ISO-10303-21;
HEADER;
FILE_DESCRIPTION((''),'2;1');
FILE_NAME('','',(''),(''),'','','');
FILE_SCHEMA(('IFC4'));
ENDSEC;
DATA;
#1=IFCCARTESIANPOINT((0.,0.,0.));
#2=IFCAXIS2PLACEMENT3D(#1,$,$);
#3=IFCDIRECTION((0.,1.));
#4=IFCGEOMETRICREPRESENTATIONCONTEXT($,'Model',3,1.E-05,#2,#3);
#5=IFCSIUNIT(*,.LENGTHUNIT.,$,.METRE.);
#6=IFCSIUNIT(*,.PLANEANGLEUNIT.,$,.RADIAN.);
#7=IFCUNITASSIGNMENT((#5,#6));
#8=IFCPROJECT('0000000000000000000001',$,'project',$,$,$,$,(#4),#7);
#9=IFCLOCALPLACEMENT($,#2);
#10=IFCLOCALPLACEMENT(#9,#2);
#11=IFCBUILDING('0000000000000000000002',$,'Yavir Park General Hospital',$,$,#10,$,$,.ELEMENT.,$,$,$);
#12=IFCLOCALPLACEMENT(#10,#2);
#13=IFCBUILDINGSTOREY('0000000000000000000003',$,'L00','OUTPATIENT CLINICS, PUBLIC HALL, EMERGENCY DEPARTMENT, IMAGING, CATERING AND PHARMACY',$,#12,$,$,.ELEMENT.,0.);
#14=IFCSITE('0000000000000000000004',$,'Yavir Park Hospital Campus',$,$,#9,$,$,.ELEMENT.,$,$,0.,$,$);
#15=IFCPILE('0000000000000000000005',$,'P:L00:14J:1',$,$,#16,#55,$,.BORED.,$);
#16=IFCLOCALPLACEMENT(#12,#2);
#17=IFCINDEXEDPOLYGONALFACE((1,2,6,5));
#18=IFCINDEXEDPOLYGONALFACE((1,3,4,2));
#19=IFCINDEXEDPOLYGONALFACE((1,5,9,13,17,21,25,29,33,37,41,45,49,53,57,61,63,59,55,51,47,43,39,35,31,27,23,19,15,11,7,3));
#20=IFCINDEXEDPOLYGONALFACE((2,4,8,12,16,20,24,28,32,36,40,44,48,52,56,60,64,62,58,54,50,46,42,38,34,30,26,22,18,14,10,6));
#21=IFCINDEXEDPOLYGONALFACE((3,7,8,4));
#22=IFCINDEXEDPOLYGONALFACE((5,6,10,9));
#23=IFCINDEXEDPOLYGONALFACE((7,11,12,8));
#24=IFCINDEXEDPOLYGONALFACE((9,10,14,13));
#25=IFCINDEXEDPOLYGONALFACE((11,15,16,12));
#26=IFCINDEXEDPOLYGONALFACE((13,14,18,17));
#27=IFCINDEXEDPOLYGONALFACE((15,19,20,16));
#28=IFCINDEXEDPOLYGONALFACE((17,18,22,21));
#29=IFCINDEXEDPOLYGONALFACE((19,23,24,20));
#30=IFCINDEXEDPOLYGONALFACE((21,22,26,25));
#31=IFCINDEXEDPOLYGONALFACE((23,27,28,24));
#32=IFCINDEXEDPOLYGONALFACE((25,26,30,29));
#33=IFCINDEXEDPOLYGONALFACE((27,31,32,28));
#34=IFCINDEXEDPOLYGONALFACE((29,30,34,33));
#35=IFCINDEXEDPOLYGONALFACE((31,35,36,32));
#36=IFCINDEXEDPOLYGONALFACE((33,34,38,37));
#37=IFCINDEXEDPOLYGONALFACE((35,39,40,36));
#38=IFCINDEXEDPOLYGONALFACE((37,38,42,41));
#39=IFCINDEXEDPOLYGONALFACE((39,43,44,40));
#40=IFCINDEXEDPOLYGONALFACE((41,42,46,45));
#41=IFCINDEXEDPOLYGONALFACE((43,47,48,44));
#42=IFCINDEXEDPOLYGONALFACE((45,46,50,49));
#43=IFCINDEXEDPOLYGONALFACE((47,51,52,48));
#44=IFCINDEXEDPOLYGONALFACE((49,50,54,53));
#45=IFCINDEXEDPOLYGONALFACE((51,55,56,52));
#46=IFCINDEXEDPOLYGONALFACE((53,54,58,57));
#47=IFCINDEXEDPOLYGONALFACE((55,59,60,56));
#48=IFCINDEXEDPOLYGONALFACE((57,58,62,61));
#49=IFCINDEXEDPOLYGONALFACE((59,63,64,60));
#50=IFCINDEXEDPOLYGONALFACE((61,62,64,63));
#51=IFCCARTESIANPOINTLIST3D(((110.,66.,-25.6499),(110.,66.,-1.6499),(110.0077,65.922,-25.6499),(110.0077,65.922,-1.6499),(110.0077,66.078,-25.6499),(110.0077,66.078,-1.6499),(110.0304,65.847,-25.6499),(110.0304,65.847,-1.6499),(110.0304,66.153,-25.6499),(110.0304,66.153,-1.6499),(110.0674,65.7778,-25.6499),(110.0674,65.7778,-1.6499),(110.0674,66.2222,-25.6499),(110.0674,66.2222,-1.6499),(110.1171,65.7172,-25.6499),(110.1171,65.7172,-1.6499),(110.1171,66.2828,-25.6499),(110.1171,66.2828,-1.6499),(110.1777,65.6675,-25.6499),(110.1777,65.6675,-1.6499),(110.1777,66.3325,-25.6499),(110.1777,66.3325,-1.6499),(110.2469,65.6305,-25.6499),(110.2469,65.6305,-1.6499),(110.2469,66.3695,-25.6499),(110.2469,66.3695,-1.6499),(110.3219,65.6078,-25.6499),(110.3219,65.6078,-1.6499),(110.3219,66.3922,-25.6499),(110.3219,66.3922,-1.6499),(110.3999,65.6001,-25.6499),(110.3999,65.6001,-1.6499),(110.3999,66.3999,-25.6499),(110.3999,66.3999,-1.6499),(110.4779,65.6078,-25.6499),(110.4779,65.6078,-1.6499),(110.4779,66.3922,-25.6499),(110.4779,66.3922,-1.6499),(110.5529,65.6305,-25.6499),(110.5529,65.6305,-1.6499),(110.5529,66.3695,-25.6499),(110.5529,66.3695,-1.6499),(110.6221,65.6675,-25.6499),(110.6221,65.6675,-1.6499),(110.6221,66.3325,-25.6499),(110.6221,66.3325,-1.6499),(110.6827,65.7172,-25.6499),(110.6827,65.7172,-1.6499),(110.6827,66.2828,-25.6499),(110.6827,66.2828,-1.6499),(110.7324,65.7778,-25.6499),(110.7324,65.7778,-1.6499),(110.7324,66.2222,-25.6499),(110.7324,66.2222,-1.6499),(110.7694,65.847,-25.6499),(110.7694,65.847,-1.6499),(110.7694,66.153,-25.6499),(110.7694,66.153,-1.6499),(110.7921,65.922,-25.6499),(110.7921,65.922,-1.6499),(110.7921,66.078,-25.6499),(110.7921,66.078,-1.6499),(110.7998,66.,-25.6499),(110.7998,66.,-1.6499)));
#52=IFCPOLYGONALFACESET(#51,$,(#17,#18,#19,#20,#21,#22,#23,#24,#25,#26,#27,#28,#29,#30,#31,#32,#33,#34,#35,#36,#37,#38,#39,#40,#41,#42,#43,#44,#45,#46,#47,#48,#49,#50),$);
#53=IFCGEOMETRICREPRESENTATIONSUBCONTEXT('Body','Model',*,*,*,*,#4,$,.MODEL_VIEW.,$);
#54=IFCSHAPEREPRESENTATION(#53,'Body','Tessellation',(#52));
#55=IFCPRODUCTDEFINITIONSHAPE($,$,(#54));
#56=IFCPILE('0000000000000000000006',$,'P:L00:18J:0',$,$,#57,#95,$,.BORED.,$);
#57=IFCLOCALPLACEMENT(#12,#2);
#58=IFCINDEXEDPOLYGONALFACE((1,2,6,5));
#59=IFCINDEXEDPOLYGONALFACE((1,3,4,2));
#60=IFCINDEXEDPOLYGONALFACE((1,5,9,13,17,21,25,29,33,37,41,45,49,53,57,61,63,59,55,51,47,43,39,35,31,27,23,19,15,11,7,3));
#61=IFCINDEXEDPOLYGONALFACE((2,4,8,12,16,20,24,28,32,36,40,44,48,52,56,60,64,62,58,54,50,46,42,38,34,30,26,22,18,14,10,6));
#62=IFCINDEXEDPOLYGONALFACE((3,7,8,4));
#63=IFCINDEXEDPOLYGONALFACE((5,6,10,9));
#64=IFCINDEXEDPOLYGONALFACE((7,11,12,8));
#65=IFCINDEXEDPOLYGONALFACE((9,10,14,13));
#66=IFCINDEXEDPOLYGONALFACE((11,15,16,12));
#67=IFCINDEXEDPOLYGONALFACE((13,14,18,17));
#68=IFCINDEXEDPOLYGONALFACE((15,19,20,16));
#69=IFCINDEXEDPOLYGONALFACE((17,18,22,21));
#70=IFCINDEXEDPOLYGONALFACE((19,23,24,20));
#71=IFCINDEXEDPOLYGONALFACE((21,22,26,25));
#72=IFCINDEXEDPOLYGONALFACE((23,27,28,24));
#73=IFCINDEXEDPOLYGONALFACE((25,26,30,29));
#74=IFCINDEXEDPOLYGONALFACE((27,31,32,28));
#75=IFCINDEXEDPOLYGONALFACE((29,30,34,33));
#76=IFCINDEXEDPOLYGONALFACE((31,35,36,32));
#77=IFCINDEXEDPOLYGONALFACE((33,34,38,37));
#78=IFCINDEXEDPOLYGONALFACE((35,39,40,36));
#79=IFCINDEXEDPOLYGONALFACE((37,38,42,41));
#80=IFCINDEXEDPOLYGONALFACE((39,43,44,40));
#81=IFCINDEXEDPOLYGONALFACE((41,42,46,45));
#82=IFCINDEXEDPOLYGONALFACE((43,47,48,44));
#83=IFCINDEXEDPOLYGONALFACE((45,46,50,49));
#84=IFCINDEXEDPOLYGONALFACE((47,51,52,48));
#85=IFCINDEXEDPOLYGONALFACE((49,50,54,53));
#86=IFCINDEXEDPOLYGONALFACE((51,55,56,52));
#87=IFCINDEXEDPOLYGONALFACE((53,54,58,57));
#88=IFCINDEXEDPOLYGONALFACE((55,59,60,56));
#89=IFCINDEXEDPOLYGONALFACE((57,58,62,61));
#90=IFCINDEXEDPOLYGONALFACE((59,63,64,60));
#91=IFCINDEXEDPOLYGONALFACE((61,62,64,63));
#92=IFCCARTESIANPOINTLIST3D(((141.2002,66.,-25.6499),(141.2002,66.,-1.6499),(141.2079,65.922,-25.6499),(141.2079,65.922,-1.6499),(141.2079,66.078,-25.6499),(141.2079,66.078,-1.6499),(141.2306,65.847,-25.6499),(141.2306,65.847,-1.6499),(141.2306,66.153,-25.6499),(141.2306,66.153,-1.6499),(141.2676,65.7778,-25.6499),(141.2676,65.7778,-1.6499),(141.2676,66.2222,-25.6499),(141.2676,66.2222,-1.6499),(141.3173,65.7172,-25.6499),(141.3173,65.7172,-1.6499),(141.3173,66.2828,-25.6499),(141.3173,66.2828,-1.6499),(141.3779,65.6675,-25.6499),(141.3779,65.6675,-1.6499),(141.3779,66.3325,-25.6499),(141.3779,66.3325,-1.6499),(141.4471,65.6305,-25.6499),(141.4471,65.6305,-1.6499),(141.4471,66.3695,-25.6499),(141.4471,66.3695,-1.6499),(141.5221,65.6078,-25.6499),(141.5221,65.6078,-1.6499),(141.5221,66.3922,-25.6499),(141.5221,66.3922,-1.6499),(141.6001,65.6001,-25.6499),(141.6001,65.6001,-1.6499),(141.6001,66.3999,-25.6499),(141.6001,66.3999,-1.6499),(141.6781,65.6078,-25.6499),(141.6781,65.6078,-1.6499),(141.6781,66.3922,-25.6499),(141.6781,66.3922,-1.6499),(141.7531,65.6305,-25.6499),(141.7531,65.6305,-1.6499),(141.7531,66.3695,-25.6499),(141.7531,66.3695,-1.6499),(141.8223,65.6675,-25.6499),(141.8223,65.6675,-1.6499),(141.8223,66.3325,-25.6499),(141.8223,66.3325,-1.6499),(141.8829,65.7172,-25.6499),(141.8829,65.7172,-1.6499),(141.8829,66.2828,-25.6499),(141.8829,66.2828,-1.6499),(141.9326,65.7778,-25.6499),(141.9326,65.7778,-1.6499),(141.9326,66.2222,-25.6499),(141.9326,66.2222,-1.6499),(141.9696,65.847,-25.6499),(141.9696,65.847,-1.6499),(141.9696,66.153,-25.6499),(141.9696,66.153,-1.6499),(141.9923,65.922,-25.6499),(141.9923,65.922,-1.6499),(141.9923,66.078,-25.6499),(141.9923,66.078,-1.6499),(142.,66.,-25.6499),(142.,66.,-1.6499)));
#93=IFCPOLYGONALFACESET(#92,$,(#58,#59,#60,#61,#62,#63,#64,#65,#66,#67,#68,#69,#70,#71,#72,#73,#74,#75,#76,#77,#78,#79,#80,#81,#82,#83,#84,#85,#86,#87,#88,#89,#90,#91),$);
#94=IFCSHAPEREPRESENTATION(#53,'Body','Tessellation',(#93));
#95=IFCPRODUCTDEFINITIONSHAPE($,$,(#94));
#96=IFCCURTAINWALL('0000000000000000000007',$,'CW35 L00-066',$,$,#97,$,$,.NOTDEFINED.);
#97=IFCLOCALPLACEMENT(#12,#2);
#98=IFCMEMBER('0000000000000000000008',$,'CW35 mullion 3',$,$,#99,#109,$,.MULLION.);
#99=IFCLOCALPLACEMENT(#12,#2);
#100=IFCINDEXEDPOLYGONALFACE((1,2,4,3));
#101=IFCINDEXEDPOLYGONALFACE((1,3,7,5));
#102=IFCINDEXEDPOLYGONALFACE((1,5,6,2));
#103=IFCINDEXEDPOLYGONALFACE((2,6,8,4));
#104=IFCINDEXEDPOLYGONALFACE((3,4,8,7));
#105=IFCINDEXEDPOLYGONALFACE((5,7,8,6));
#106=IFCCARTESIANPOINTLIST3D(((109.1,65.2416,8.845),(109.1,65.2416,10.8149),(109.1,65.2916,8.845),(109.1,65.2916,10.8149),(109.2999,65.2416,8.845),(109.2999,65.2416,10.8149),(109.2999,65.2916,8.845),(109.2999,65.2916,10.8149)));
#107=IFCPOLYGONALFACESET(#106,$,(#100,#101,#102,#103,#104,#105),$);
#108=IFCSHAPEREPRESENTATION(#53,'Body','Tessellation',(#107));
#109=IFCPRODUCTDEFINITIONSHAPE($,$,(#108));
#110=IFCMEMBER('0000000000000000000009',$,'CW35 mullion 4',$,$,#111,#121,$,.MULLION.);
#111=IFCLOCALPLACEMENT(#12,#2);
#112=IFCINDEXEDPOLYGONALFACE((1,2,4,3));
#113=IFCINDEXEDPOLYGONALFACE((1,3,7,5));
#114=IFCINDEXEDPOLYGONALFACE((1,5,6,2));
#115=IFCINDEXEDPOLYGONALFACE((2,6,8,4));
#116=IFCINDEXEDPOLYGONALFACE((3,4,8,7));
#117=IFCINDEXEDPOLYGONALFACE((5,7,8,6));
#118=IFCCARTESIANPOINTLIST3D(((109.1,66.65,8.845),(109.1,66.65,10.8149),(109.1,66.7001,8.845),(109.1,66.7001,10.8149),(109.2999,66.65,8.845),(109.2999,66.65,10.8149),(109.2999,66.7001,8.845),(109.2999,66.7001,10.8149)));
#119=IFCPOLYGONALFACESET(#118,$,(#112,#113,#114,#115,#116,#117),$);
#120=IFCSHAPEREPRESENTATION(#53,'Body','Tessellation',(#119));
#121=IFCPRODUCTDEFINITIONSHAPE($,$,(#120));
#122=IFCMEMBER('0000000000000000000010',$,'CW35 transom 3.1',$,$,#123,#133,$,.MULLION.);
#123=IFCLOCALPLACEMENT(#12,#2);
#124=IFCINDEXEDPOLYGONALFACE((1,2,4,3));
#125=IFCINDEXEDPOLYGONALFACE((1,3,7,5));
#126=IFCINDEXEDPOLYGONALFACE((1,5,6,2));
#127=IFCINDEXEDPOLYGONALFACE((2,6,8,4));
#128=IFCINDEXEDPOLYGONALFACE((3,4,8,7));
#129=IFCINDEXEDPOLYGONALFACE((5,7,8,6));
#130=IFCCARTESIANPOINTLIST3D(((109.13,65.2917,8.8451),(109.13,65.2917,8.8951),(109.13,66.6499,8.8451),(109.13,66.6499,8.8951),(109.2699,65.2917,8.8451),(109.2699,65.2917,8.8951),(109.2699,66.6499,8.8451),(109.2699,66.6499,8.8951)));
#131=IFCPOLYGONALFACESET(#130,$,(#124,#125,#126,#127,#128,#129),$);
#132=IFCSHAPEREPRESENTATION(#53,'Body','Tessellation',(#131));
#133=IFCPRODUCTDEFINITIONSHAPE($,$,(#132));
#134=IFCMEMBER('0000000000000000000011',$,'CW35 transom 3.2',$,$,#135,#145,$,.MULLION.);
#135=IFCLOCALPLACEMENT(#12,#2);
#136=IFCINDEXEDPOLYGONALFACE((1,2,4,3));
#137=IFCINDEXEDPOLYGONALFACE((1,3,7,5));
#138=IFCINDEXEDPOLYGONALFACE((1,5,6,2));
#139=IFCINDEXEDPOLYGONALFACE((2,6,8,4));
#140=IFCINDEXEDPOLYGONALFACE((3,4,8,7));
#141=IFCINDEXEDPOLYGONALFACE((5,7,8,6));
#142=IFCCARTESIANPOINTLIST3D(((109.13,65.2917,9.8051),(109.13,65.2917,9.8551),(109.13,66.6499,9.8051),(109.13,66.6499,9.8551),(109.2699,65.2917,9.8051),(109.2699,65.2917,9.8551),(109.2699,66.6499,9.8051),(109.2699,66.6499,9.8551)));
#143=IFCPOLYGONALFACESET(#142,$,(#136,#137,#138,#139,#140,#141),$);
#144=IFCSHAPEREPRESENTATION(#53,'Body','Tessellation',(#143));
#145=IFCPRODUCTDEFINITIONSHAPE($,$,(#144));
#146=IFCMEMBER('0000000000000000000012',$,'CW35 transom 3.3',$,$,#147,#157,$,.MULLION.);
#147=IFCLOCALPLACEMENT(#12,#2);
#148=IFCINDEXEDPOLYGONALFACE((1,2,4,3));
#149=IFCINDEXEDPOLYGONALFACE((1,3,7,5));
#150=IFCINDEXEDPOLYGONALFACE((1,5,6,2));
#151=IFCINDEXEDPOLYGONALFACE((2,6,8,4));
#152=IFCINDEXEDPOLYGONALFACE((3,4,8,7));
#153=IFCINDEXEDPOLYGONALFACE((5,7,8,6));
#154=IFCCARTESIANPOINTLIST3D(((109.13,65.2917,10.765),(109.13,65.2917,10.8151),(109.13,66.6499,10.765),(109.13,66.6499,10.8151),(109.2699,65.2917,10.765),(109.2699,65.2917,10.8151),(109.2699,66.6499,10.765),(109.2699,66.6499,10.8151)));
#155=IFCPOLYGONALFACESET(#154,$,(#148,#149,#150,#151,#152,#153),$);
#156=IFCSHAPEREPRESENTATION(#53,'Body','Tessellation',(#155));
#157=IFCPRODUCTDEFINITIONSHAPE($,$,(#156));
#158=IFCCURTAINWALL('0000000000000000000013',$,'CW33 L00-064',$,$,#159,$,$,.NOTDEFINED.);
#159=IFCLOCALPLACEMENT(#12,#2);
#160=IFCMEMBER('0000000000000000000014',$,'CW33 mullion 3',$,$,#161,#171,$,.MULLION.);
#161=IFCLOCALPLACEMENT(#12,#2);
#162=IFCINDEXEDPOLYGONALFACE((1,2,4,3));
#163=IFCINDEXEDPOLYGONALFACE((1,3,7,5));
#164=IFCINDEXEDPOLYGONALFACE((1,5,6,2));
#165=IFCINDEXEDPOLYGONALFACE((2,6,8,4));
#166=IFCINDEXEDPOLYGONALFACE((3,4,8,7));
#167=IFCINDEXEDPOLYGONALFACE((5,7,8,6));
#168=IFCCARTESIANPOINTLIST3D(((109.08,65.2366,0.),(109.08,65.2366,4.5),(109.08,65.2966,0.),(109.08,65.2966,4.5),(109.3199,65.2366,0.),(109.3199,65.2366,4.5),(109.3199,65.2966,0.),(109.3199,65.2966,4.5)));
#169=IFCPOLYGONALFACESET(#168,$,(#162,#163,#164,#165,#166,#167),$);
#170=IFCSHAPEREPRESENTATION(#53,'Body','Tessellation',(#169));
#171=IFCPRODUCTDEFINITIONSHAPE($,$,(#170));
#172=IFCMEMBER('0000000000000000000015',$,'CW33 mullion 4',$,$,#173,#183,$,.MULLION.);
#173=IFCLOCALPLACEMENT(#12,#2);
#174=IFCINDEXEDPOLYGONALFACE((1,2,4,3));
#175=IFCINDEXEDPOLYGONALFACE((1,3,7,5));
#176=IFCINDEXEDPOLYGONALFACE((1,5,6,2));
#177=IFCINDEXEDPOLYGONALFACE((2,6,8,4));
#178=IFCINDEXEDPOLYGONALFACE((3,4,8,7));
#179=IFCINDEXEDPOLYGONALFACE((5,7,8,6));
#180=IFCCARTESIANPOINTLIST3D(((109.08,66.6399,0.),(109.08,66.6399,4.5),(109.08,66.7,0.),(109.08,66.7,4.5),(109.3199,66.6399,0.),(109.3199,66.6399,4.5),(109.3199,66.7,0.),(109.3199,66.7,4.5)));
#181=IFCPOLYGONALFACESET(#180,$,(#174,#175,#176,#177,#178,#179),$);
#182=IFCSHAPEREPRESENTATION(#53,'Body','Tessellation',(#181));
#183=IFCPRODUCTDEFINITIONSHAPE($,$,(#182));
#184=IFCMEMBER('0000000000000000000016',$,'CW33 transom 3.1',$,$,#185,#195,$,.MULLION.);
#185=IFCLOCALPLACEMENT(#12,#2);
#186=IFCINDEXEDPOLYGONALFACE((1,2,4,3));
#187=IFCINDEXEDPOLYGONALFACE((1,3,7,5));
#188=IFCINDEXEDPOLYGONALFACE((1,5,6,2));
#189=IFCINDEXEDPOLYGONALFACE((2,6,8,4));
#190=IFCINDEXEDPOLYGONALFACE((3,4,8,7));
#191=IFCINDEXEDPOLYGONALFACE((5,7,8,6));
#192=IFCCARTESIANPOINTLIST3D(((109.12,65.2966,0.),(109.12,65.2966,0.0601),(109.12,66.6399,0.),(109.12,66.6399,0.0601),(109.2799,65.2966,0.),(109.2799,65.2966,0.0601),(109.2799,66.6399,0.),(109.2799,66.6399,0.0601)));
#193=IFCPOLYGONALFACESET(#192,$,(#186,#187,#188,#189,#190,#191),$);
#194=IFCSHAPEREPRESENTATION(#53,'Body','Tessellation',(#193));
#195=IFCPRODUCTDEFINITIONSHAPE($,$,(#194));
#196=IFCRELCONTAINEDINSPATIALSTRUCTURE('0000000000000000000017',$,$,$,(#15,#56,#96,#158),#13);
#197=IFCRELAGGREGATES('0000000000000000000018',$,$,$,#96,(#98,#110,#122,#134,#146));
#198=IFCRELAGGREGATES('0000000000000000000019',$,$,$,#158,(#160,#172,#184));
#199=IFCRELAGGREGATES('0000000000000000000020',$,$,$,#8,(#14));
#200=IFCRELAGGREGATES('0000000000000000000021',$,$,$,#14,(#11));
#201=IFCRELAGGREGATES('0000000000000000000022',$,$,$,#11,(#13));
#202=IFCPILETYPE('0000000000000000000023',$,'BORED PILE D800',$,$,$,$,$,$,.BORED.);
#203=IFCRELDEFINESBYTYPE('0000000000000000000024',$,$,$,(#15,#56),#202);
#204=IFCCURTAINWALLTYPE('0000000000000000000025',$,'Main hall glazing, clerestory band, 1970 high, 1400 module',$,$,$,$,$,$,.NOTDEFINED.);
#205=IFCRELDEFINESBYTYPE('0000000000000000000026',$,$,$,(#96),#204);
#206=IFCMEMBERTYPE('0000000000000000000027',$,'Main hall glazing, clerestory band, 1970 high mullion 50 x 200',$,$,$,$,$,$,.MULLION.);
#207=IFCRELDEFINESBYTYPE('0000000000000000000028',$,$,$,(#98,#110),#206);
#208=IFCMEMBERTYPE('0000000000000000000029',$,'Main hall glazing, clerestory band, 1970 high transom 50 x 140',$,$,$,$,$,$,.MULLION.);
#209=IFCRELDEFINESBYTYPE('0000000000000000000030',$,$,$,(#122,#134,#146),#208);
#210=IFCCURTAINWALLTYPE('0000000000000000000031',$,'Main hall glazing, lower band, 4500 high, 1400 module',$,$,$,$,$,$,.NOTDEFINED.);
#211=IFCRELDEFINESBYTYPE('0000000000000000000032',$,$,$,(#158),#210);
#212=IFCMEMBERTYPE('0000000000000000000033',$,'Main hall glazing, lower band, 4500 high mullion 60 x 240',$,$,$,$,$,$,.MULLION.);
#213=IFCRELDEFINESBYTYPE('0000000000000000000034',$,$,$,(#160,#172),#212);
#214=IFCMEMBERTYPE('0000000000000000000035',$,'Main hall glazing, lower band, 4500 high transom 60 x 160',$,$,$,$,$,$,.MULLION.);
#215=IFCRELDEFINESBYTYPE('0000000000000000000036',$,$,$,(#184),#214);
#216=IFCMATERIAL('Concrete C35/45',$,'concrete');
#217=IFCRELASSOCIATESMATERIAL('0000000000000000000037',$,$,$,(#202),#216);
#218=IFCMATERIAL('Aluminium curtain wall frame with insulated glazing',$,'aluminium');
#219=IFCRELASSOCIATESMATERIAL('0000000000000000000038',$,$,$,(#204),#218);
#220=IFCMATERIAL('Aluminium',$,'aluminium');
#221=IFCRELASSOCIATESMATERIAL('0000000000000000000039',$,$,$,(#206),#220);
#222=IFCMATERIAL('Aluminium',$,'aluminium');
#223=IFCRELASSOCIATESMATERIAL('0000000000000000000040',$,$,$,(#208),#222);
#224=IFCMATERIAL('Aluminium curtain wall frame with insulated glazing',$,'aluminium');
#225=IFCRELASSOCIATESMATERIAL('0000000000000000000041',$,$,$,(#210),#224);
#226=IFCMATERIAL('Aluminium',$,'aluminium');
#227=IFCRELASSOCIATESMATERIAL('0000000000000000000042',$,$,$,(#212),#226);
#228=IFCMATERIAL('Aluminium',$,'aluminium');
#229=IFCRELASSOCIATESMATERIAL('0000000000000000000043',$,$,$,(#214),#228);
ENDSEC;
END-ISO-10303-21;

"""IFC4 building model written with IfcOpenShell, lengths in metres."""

from ifc_helpers import new_model, si_unit, direction, frame, origin, origin_2d, place, context, subcontext, project, spatial, rectangle, circle, extrude, material, material_profile, profile_set, type_object, element, aggregate, save


model = new_model("IFC4")

# Units and contexts
model_context = context("Model", 3, precision=1e-05, world=origin(), true_north=direction((0.0, 1.0)))
body_context = subcontext(model_context, "Body", "Model", "MODEL_VIEW")
ifc_project = project(units=[si_unit("LENGTHUNIT", "METRE"), si_unit("PLANEANGLEUNIT", "RADIAN")], contexts=[model_context])

# Site, building, storey
site_placement = place(None, origin())
site = spatial("IfcSite", under=ifc_project, at=site_placement, Name="Yavir Park Hospital Campus", CompositionType="ELEMENT", RefElevation=0.0)
building_placement = place(site_placement, origin())
building = spatial("IfcBuilding", under=site, at=building_placement, Name="Yavir Park General Hospital", CompositionType="ELEMENT")
storey_placement = place(building_placement, origin())
storey = spatial("IfcBuildingStorey", under=building, at=storey_placement, Name="L00", Description="OUTPATIENT CLINICS, PUBLIC HALL, EMERGENCY DEPARTMENT, IMAGING, CATERING AND PHARMACY", CompositionType="ELEMENT", Elevation=0.0)

# Piles
ifc_material_1 = material(Name="Concrete C35/45", Category="concrete")
ifc_material_profile_1 = material_profile(ifc_material_1, circle(Radius=0.3999, at=origin_2d()), Name="D800")
ifc_profile_set_1 = profile_set([ifc_material_profile_1], Name="Concrete C35/45")
pile_type = type_object("IfcPileType", Name="BORED PILE D800", PredefinedType="BORED", material=ifc_profile_set_1)
for number, where, z_axis, x_axis, name in (
    (1, (110.3999, 66.0, -1.6499), (0.0, 0.0, -1.0), (1.0, 0.0, 0.0), "P:L00:14J:1"),
    (2, (141.6001, 66.0, -1.6499), (0.0, 0.0, -1.0), (1.0, 0.0, 0.0), "P:L00:18J:0"),
):
    element("IfcPile", number, at=place(storey_placement, frame(where, z_axis=z_axis, x_axis=x_axis)), inside=storey, type_object=pile_type, Name=name, PredefinedType="BORED", context=body_context, shape_type="SweptSolid", body=[
        extrude(circle(Radius=0.3999, at=origin_2d()), origin(), (0.0, 0.0, 1.0), 24.0),
    ])

# Curtain walls, members
ifc_material_2 = material(Name="Aluminium curtain wall frame with insulated glazing", Category="aluminium")
curtain_wall_type_1 = type_object("IfcCurtainWallType", Name="Main hall glazing, clerestory band, 1970 high, 1400 module", PredefinedType="NOTDEFINED", material=ifc_material_2)
curtain_wall_1_placement = place(storey_placement, origin())
curtain_wall_1 = element("IfcCurtainWall", 3, at=curtain_wall_1_placement, inside=storey, type_object=curtain_wall_type_1, Name="CW35 L00-066", PredefinedType="NOTDEFINED")
ifc_material_3 = material(Name="Aluminium", Category="aluminium")
ifc_material_profile_2 = material_profile(ifc_material_3, rectangle(XDim=0.2, YDim=0.05, at=origin_2d()), Name="AL 50x200")
ifc_profile_set_2 = profile_set([ifc_material_profile_2], Name="Aluminium")
member_type_1 = type_object("IfcMemberType", Name="Main hall glazing, clerestory band, 1970 high mullion 50 x 200", PredefinedType="MULLION", material=ifc_profile_set_2)
member_1_placement = place(storey_placement, frame((109.2, 65.2666, 8.845), z_axis=(0.0, 0.0, 1.0), x_axis=(-1.0, 0.0, 0.0)))
member_1 = element("IfcMember", 4, at=member_1_placement, type_object=member_type_1, Name="CW35 mullion 3", PredefinedType="MULLION", context=body_context, shape_type="SweptSolid", body=[
    extrude(rectangle(XDim=0.2, YDim=0.05, at=origin_2d()), origin(), (0.0, 0.0, 1.0), 1.97),
])
member_2_placement = place(storey_placement, frame((109.2, 66.675, 8.845), z_axis=(0.0, 0.0, 1.0), x_axis=(-1.0, 0.0, 0.0)))
member_2 = element("IfcMember", 5, at=member_2_placement, type_object=member_type_1, Name="CW35 mullion 4", PredefinedType="MULLION", context=body_context, shape_type="SweptSolid", body=[
    extrude(rectangle(XDim=0.2, YDim=0.05, at=origin_2d()), origin(), (0.0, 0.0, 1.0), 1.97),
])
ifc_material_4 = material(Name="Aluminium", Category="aluminium")
ifc_material_profile_3 = material_profile(ifc_material_4, rectangle(XDim=0.1399, YDim=0.05, at=origin_2d()), Name="AL 140x50")
ifc_profile_set_3 = profile_set([ifc_material_profile_3], Name="Aluminium")
member_type_2 = type_object("IfcMemberType", Name="Main hall glazing, clerestory band, 1970 high transom 50 x 140", PredefinedType="MULLION", material=ifc_profile_set_3)
member_3_placement = place(storey_placement, frame((109.2, 65.2917, 8.8701), z_axis=(0.0, 1.0, 0.0), x_axis=(-1.0, 0.0, 0.0)))
member_3 = element("IfcMember", 6, at=member_3_placement, type_object=member_type_2, Name="CW35 transom 3.1", PredefinedType="MULLION", context=body_context, shape_type="SweptSolid", body=[
    extrude(rectangle(XDim=0.1399, YDim=0.05, at=origin_2d()), origin(), (0.0, 0.0, 1.0), 1.3582),
])
member_4_placement = place(storey_placement, frame((109.2, 65.2917, 9.8301), z_axis=(0.0, 1.0, 0.0), x_axis=(-1.0, 0.0, 0.0)))
member_4 = element("IfcMember", 7, at=member_4_placement, type_object=member_type_2, Name="CW35 transom 3.2", PredefinedType="MULLION", context=body_context, shape_type="SweptSolid", body=[
    extrude(rectangle(XDim=0.1399, YDim=0.05, at=origin_2d()), origin(), (0.0, 0.0, 1.0), 1.3582),
])
member_5_placement = place(storey_placement, frame((109.2, 65.2917, 10.79), z_axis=(0.0, 1.0, 0.0), x_axis=(-1.0, 0.0, 0.0)))
member_5 = element("IfcMember", 8, at=member_5_placement, type_object=member_type_2, Name="CW35 transom 3.3", PredefinedType="MULLION", context=body_context, shape_type="SweptSolid", body=[
    extrude(rectangle(XDim=0.1399, YDim=0.05, at=origin_2d()), origin(), (0.0, 0.0, 1.0), 1.3582),
])
ifc_material_5 = material(Name="Aluminium curtain wall frame with insulated glazing", Category="aluminium")
curtain_wall_type_2 = type_object("IfcCurtainWallType", Name="Main hall glazing, lower band, 4500 high, 1400 module", PredefinedType="NOTDEFINED", material=ifc_material_5)
curtain_wall_2_placement = place(storey_placement, origin())
curtain_wall_2 = element("IfcCurtainWall", 9, at=curtain_wall_2_placement, inside=storey, type_object=curtain_wall_type_2, Name="CW33 L00-064", PredefinedType="NOTDEFINED")
ifc_material_6 = material(Name="Aluminium", Category="aluminium")
ifc_material_profile_4 = material_profile(ifc_material_6, rectangle(XDim=0.24, YDim=0.0601, at=origin_2d()), Name="AL 60x240")
ifc_profile_set_4 = profile_set([ifc_material_profile_4], Name="Aluminium")
member_type_3 = type_object("IfcMemberType", Name="Main hall glazing, lower band, 4500 high mullion 60 x 240", PredefinedType="MULLION", material=ifc_profile_set_4)
member_6_placement = place(storey_placement, frame((109.2, 65.2666, 0.0), z_axis=(0.0, 0.0, 1.0), x_axis=(-1.0, 0.0, 0.0)))
member_6 = element("IfcMember", 10, at=member_6_placement, type_object=member_type_3, Name="CW33 mullion 3", PredefinedType="MULLION", context=body_context, shape_type="SweptSolid", body=[
    extrude(rectangle(XDim=0.24, YDim=0.0601, at=origin_2d()), origin(), (0.0, 0.0, 1.0), 4.5),
])
member_7_placement = place(storey_placement, frame((109.2, 66.6699, 0.0), z_axis=(0.0, 0.0, 1.0), x_axis=(-1.0, 0.0, 0.0)))
member_7 = element("IfcMember", 11, at=member_7_placement, type_object=member_type_3, Name="CW33 mullion 4", PredefinedType="MULLION", context=body_context, shape_type="SweptSolid", body=[
    extrude(rectangle(XDim=0.24, YDim=0.0601, at=origin_2d()), origin(), (0.0, 0.0, 1.0), 4.5),
])
ifc_material_7 = material(Name="Aluminium", Category="aluminium")
ifc_material_profile_5 = material_profile(ifc_material_7, rectangle(XDim=0.1599, YDim=0.0601, at=origin_2d()), Name="AL 160x60")
ifc_profile_set_5 = profile_set([ifc_material_profile_5], Name="Aluminium")
member_type_4 = type_object("IfcMemberType", Name="Main hall glazing, lower band, 4500 high transom 60 x 160", PredefinedType="MULLION", material=ifc_profile_set_5)
member_8_placement = place(storey_placement, frame((109.2, 65.2966, 0.03), z_axis=(0.0, 1.0, 0.0), x_axis=(-1.0, 0.0, 0.0)))
member_8 = element("IfcMember", 12, at=member_8_placement, type_object=member_type_4, Name="CW33 transom 3.1", PredefinedType="MULLION", context=body_context, shape_type="SweptSolid", body=[
    extrude(rectangle(XDim=0.1599, YDim=0.0601, at=origin_2d()), origin(), (0.0, 0.0, 1.0), 1.3433),
])

aggregate(curtain_wall_1, [member_1, member_2, member_3, member_4, member_5])
aggregate(curtain_wall_2, [member_6, member_7, member_8])

save(model, "model.ifc")
